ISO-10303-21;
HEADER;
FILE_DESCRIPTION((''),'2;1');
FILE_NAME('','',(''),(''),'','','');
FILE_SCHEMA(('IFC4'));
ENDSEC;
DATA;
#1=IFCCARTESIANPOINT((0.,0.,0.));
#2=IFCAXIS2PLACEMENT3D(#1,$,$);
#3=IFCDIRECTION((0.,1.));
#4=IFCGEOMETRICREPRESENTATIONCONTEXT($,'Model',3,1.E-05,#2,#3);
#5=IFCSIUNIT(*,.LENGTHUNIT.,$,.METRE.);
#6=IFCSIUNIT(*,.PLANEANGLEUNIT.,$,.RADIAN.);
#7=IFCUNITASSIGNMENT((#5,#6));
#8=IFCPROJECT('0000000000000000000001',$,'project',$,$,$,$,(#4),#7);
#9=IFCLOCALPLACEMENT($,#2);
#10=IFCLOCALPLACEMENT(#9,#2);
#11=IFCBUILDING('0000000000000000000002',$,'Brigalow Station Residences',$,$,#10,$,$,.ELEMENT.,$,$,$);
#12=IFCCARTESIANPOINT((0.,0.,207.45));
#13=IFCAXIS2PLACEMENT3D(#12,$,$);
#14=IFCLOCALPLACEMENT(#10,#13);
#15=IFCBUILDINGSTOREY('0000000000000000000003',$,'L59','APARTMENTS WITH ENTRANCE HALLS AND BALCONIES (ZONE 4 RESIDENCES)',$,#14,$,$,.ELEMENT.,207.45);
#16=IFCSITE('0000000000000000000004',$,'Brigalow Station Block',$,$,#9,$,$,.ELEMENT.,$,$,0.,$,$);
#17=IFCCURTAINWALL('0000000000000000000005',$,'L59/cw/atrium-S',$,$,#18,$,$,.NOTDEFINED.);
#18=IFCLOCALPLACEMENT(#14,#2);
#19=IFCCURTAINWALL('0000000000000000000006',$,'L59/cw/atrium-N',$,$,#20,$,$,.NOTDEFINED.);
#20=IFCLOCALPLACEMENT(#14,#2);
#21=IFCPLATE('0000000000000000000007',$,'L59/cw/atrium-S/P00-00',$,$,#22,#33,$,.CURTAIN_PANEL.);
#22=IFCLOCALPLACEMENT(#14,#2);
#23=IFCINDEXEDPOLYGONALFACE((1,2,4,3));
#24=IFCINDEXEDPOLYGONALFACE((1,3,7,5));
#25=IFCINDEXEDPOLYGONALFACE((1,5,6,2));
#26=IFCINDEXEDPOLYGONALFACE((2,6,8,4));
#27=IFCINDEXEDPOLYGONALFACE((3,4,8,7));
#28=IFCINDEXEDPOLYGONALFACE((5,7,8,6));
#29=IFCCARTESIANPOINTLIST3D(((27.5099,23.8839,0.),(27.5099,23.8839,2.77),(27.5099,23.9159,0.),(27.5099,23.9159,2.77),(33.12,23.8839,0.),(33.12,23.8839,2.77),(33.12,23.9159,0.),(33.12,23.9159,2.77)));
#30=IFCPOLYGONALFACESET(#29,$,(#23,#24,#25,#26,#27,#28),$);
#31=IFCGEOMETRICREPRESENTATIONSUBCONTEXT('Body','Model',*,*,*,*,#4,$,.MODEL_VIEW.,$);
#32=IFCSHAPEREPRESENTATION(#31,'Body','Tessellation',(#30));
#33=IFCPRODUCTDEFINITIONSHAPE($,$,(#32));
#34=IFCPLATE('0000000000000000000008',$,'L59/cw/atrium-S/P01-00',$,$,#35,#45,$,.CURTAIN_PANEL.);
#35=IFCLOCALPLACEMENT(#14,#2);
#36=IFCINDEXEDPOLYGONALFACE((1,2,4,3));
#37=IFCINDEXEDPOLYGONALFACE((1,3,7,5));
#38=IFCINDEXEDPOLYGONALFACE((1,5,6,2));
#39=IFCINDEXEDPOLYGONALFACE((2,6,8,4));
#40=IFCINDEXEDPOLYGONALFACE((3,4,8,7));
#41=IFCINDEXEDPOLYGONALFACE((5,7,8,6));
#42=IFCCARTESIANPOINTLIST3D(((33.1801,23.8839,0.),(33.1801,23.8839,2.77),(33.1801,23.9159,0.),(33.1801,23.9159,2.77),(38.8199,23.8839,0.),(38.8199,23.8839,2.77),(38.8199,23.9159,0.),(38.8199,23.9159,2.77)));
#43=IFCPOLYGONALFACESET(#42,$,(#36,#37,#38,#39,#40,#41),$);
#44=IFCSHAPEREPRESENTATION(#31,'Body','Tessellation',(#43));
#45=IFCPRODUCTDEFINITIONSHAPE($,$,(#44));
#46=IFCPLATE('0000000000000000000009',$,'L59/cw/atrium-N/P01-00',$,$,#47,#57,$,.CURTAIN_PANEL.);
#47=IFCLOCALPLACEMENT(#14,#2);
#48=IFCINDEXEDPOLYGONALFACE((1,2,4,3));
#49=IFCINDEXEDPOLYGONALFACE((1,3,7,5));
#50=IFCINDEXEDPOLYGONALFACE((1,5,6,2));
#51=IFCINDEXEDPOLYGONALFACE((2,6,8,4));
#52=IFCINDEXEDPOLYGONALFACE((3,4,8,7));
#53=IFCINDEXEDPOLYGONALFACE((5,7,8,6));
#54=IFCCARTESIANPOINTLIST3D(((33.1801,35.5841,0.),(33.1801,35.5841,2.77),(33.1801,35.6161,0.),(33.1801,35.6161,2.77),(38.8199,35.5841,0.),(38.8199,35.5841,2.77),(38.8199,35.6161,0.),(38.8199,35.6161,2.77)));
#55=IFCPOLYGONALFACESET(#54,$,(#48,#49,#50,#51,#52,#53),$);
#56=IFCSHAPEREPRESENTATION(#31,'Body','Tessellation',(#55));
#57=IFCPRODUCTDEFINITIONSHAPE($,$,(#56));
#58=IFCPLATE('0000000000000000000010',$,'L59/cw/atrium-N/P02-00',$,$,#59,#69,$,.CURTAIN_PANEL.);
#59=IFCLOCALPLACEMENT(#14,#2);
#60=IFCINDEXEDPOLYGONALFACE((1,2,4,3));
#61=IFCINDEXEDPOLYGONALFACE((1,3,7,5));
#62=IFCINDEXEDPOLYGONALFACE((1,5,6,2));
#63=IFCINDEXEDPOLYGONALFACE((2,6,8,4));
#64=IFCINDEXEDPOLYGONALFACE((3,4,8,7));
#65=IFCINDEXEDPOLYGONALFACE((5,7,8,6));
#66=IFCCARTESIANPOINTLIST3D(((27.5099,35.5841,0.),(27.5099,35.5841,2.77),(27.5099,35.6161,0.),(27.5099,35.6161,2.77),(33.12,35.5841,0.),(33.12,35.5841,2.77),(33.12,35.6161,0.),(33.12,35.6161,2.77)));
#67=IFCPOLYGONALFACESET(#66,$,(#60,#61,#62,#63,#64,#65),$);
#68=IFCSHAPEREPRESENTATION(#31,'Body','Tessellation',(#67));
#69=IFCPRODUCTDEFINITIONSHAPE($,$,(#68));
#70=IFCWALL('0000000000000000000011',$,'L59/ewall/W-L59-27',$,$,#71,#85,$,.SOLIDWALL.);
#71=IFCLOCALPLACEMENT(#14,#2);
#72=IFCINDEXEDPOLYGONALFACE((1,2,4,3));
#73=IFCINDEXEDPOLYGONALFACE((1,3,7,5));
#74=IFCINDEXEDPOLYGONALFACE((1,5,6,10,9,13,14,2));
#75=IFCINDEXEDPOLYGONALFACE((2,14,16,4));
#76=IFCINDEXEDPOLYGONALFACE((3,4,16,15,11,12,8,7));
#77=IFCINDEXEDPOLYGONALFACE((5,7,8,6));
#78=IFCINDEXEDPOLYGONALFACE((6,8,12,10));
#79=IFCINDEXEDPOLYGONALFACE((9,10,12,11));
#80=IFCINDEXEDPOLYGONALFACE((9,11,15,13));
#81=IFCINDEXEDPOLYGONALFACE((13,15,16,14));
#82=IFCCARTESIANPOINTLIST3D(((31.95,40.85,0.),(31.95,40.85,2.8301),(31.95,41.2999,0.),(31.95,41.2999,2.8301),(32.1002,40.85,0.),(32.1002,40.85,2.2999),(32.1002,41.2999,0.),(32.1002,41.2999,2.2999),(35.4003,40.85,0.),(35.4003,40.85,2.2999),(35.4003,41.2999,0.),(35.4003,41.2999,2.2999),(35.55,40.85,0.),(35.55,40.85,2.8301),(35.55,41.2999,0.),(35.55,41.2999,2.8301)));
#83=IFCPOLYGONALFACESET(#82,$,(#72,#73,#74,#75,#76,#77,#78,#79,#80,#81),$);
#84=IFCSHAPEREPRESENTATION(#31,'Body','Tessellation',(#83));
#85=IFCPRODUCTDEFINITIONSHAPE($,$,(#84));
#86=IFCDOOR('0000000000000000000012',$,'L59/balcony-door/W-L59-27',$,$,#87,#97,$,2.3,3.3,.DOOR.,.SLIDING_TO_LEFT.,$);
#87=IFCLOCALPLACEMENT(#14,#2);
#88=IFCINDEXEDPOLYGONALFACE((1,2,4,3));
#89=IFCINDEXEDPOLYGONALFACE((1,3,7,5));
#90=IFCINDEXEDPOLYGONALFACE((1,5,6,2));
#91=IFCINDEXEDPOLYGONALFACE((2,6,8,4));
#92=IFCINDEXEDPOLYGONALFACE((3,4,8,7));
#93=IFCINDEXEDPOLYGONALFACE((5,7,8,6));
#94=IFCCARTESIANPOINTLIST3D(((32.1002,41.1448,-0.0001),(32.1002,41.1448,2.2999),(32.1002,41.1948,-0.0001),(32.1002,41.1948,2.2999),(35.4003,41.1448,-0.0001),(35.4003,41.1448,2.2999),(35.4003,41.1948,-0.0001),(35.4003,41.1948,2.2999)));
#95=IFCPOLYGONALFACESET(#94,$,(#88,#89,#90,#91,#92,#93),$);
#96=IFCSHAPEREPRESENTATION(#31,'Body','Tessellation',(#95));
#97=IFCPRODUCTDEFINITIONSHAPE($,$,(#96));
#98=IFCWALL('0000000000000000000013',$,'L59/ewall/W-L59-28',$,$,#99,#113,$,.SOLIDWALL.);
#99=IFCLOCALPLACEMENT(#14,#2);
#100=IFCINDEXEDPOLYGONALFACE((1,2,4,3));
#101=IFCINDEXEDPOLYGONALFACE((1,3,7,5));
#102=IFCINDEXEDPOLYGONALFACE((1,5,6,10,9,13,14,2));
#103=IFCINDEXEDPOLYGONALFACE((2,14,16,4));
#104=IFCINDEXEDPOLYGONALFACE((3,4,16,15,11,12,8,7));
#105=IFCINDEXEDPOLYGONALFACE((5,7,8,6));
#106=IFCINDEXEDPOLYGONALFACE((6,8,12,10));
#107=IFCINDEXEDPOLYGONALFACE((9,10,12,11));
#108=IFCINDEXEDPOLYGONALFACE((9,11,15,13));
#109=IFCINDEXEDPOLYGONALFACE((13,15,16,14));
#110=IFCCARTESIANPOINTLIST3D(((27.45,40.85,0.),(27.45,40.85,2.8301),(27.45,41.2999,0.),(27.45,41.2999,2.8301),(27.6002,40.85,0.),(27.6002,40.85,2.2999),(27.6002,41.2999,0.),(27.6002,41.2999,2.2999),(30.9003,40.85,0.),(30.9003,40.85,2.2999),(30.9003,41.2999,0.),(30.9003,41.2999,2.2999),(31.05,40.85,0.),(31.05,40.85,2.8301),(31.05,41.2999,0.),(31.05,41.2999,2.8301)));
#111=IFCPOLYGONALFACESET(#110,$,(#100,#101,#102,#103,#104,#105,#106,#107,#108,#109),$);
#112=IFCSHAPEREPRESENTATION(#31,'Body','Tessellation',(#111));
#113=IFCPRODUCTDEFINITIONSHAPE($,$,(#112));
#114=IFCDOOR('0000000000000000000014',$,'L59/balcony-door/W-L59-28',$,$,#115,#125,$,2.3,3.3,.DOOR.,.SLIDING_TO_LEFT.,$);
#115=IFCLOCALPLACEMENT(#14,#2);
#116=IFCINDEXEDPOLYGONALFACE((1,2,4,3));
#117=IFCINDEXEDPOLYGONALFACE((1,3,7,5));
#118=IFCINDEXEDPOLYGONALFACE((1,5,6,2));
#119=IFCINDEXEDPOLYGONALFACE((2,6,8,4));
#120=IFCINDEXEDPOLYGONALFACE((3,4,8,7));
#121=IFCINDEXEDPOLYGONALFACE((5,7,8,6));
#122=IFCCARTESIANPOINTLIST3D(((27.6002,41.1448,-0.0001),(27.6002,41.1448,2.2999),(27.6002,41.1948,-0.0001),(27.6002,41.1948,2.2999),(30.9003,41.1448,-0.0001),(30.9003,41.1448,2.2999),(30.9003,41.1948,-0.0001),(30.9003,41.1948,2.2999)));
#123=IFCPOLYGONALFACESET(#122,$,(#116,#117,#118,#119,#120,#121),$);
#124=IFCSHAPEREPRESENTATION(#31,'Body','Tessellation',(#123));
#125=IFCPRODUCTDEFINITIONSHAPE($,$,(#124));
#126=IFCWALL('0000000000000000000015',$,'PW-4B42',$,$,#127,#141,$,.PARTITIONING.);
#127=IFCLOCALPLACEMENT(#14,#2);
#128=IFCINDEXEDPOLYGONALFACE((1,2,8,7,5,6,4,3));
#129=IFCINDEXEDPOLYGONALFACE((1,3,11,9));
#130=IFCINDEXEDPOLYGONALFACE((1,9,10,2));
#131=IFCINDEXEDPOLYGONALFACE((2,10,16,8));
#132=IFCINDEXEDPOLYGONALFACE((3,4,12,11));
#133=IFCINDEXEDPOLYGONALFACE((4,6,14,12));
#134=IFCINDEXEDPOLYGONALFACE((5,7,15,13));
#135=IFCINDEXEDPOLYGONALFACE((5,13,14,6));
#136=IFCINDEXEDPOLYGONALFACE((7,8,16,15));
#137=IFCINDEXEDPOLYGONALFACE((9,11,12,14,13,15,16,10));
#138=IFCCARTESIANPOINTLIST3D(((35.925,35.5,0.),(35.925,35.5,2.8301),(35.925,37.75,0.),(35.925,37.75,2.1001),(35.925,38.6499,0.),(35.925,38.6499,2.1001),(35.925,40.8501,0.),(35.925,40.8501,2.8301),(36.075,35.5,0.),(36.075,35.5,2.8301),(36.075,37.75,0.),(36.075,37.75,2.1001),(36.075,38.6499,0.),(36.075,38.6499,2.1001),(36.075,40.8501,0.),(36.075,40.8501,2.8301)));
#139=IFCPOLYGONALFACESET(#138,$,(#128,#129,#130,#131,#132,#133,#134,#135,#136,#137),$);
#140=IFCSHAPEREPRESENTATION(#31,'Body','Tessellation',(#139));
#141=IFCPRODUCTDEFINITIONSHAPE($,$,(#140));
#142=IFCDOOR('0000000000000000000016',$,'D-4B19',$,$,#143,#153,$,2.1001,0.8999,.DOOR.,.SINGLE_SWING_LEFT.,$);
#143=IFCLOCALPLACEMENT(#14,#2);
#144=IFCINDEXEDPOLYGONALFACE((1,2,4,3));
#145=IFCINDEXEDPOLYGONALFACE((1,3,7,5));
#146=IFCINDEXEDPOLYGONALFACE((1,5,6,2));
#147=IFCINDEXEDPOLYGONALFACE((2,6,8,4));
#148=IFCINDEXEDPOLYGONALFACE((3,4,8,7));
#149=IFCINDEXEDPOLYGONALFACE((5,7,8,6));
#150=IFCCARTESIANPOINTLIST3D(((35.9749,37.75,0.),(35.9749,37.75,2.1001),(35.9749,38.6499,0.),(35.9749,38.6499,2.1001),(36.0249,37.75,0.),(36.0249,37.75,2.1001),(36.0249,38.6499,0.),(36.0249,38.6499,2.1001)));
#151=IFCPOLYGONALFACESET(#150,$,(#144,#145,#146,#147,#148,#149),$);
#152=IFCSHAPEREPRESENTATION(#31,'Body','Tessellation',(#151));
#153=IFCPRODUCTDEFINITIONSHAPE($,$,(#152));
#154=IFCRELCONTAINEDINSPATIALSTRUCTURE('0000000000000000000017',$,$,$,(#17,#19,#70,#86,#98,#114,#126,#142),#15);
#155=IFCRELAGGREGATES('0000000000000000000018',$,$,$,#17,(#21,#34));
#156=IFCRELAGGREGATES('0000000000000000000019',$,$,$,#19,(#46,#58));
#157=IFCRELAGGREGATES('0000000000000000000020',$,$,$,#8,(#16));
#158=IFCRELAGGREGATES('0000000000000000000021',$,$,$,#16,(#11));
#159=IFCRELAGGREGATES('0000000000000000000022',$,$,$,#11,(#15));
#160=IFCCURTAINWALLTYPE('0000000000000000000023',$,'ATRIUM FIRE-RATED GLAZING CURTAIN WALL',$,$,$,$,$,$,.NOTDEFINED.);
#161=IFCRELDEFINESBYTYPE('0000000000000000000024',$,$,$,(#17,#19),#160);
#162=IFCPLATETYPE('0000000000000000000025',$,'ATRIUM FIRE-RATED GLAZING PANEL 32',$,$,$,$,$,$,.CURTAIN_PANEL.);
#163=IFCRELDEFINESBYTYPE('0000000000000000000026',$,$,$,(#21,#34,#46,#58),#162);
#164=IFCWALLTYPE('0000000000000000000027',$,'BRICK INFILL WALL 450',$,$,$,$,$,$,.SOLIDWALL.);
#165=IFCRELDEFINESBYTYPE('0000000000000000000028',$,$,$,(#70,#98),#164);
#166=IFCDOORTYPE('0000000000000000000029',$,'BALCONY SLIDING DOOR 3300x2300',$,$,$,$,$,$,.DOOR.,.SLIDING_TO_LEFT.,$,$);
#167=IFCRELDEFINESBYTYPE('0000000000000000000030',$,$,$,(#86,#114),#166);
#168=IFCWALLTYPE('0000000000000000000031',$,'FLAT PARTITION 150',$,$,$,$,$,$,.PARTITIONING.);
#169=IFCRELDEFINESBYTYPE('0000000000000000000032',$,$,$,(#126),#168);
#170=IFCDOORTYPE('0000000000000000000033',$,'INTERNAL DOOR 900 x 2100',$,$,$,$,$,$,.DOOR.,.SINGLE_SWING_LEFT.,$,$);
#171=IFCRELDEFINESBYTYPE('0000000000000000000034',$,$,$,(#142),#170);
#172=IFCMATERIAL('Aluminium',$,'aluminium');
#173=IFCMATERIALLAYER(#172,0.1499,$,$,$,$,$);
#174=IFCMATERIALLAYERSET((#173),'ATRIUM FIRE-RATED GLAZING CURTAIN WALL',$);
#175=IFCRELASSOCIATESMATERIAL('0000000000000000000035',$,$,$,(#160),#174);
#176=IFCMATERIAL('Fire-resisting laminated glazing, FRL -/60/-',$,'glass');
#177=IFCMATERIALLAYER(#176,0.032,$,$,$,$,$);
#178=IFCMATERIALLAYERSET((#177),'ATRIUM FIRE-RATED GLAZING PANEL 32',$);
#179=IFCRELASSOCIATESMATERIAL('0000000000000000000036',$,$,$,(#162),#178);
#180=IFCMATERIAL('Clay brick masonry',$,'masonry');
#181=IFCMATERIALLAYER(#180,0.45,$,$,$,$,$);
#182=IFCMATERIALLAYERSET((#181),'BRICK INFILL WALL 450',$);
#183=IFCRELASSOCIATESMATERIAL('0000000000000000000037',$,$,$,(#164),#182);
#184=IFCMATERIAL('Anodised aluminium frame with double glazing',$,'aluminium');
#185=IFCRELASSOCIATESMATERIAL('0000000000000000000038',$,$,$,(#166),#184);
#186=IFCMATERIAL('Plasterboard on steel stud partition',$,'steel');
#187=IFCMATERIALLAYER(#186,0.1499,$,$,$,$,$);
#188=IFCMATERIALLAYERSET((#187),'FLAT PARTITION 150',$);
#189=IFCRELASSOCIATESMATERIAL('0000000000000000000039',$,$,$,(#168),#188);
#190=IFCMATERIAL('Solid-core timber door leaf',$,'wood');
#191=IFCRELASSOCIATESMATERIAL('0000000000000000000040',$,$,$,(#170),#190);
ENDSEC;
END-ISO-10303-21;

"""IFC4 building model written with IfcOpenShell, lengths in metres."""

from ifc_helpers import new_model, si_unit, direction, frame, frame_2d, origin, origin_2d, place, context, subcontext, project, spatial, rectangle, extrude, material, layer, layer_set, type_object, element, fill, aggregate, save


model = new_model("IFC4")

# Units and contexts
model_context = context("Model", 3, precision=1e-05, world=origin(), true_north=direction((0.0, 1.0)))
body_context = subcontext(model_context, "Body", "Model", "MODEL_VIEW")
ifc_project = project(units=[si_unit("LENGTHUNIT", "METRE"), si_unit("PLANEANGLEUNIT", "RADIAN")], contexts=[model_context])

# Site, building, storey
site_placement = place(None, origin())
site = spatial("IfcSite", under=ifc_project, at=site_placement, Name="Brigalow Station Block", CompositionType="ELEMENT", RefElevation=0.0)
building_placement = place(site_placement, origin())
building = spatial("IfcBuilding", under=site, at=building_placement, Name="Brigalow Station Residences", CompositionType="ELEMENT")
storey_placement = place(building_placement, frame((0.0, 0.0, 207.45)))
storey = spatial("IfcBuildingStorey", under=building, at=storey_placement, Name="L59", Description="APARTMENTS WITH ENTRANCE HALLS AND BALCONIES (ZONE 4 RESIDENCES)", CompositionType="ELEMENT", Elevation=207.45)

# Curtain walls
ifc_material_1 = material(Name="Aluminium", Category="aluminium")
ifc_layer_1 = layer(ifc_material_1, 0.1499)
ifc_layer_set_1 = layer_set([ifc_layer_1], Name="ATRIUM FIRE-RATED GLAZING CURTAIN WALL")
curtain_wall_type = type_object("IfcCurtainWallType", Name="ATRIUM FIRE-RATED GLAZING CURTAIN WALL", PredefinedType="NOTDEFINED", material=ifc_layer_set_1)
curtain_wall_1_placement = place(storey_placement, origin())
curtain_wall_1 = element("IfcCurtainWall", 1, at=curtain_wall_1_placement, inside=storey, type_object=curtain_wall_type, Name="L59/cw/atrium-S", PredefinedType="NOTDEFINED")
curtain_wall_2_placement = place(storey_placement, origin())
curtain_wall_2 = element("IfcCurtainWall", 2, at=curtain_wall_2_placement, inside=storey, type_object=curtain_wall_type, Name="L59/cw/atrium-N", PredefinedType="NOTDEFINED")

# Plates
ifc_material_2 = material(Name="Fire-resisting laminated glazing, FRL -/60/-", Category="glass")
ifc_layer_2 = layer(ifc_material_2, 0.032)
ifc_layer_set_2 = layer_set([ifc_layer_2], Name="ATRIUM FIRE-RATED GLAZING PANEL 32")
plate_type = type_object("IfcPlateType", Name="ATRIUM FIRE-RATED GLAZING PANEL 32", PredefinedType="CURTAIN_PANEL", material=ifc_layer_set_2)
plate_1_placement = place(storey_placement, frame((30.3149, 23.8999, 0.0), z_axis=(0.0, 0.0, 1.0), x_axis=(1.0, 0.0, 0.0)))
plate_1 = element("IfcPlate", 3, at=plate_1_placement, type_object=plate_type, Name="L59/cw/atrium-S/P00-00", PredefinedType="CURTAIN_PANEL", context=body_context, shape_type="SweptSolid", body=[
    extrude(rectangle(XDim=5.6101, YDim=0.032, at=origin_2d()), origin(), (0.0, 0.0, 1.0), 2.77),
])
plate_2_placement = place(storey_placement, frame((36.0, 23.8999, 0.0), z_axis=(0.0, 0.0, 1.0), x_axis=(1.0, 0.0, 0.0)))
plate_2 = element("IfcPlate", 4, at=plate_2_placement, type_object=plate_type, Name="L59/cw/atrium-S/P01-00", PredefinedType="CURTAIN_PANEL", context=body_context, shape_type="SweptSolid", body=[
    extrude(rectangle(XDim=5.6399, YDim=0.032, at=origin_2d()), origin(), (0.0, 0.0, 1.0), 2.77),
])
aggregate(curtain_wall_1, [plate_1, plate_2])
plate_3_placement = place(storey_placement, frame((36.0, 35.6001, 0.0), z_axis=(0.0, 0.0, 1.0), x_axis=(-1.0, 0.0, 0.0)))
plate_3 = element("IfcPlate", 5, at=plate_3_placement, type_object=plate_type, Name="L59/cw/atrium-N/P01-00", PredefinedType="CURTAIN_PANEL", context=body_context, shape_type="SweptSolid", body=[
    extrude(rectangle(XDim=5.6399, YDim=0.032, at=origin_2d()), origin(), (0.0, 0.0, 1.0), 2.77),
])
plate_4_placement = place(storey_placement, frame((30.3149, 35.6001, 0.0), z_axis=(0.0, 0.0, 1.0), x_axis=(-1.0, 0.0, 0.0)))
plate_4 = element("IfcPlate", 6, at=plate_4_placement, type_object=plate_type, Name="L59/cw/atrium-N/P02-00", PredefinedType="CURTAIN_PANEL", context=body_context, shape_type="SweptSolid", body=[
    extrude(rectangle(XDim=5.6101, YDim=0.032, at=origin_2d()), origin(), (0.0, 0.0, 1.0), 2.77),
])
aggregate(curtain_wall_2, [plate_3, plate_4])

# Walls, openings, doors
ifc_material_3 = material(Name="Clay brick masonry", Category="masonry")
ifc_layer_3 = layer(ifc_material_3, 0.45)
ifc_layer_set_3 = layer_set([ifc_layer_3], Name="BRICK INFILL WALL 450")
wall_type_1 = type_object("IfcWallType", Name="BRICK INFILL WALL 450", PredefinedType="SOLIDWALL", material=ifc_layer_set_3)
wall_1_placement = place(storey_placement, frame((35.55, 41.075, 0.0), z_axis=(0.0, 0.0, 1.0), x_axis=(-1.0, 0.0, 0.0)))
wall_1 = element("IfcWall", 7, at=wall_1_placement, inside=storey, type_object=wall_type_1, Name="L59/ewall/W-L59-27", PredefinedType="SOLIDWALL", context=body_context, shape_type="SweptSolid", body=[
    extrude(rectangle(XDim=3.6001, YDim=0.45, at=frame_2d((1.8, 0.0))), origin(), (0.0, 0.0, 1.0), 2.8301),
])
opening_1_placement = place(wall_1_placement, frame((0.1499, 0.0, 0.0)))
opening_1 = element("IfcOpeningElement", 8, at=opening_1_placement, cuts=wall_1, PredefinedType="OPENING", context=body_context, shape_type="SweptSolid", body=[
    extrude(rectangle(XDim=3.3, YDim=2.3, at=frame_2d((1.6499, 1.1499))), frame((0.0, 0.2349, 0.0), z_axis=(0.0, -1.0, 0.0), x_axis=(1.0, 0.0, 0.0)), (0.0, 0.0, 1.0), 0.47),
])
ifc_material_4 = material(Name="Anodised aluminium frame with double glazing", Category="aluminium")
door_type_1 = type_object("IfcDoorType", Name="BALCONY SLIDING DOOR 3300x2300", OperationType="SLIDING_TO_LEFT", PredefinedType="DOOR", material=ifc_material_4)
door_1_placement = place(opening_1_placement, origin())
door_1 = element("IfcDoor", 9, at=door_1_placement, inside=storey, type_object=door_type_1, Name="L59/balcony-door/W-L59-27", OperationType="SLIDING_TO_LEFT", OverallHeight=2.3, OverallWidth=3.3, PredefinedType="DOOR", context=body_context, shape_type="SweptSolid", body=[
    extrude(rectangle(XDim=3.3, YDim=2.3, at=frame_2d((1.6499, 1.1499))), frame((0.0, -0.0698, 0.0), z_axis=(0.0, -1.0, 0.0), x_axis=(1.0, 0.0, 0.0)), (0.0, 0.0, 1.0), 0.05),
])
fill(opening_1, door_1)
wall_2_placement = place(storey_placement, frame((31.05, 41.075, 0.0), z_axis=(0.0, 0.0, 1.0), x_axis=(-1.0, 0.0, 0.0)))
wall_2 = element("IfcWall", 10, at=wall_2_placement, inside=storey, type_object=wall_type_1, Name="L59/ewall/W-L59-28", PredefinedType="SOLIDWALL", context=body_context, shape_type="SweptSolid", body=[
    extrude(rectangle(XDim=3.6001, YDim=0.45, at=frame_2d((1.8, 0.0))), origin(), (0.0, 0.0, 1.0), 2.8301),
])
opening_2_placement = place(wall_2_placement, frame((0.1499, 0.0, 0.0)))
opening_2 = element("IfcOpeningElement", 11, at=opening_2_placement, cuts=wall_2, PredefinedType="OPENING", context=body_context, shape_type="SweptSolid", body=[
    extrude(rectangle(XDim=3.3, YDim=2.3, at=frame_2d((1.6499, 1.1499))), frame((0.0, 0.2349, 0.0), z_axis=(0.0, -1.0, 0.0), x_axis=(1.0, 0.0, 0.0)), (0.0, 0.0, 1.0), 0.47),
])
door_2_placement = place(opening_2_placement, origin())
door_2 = element("IfcDoor", 12, at=door_2_placement, inside=storey, type_object=door_type_1, Name="L59/balcony-door/W-L59-28", OperationType="SLIDING_TO_LEFT", OverallHeight=2.3, OverallWidth=3.3, PredefinedType="DOOR", context=body_context, shape_type="SweptSolid", body=[
    extrude(rectangle(XDim=3.3, YDim=2.3, at=frame_2d((1.6499, 1.1499))), frame((0.0, -0.0698, 0.0), z_axis=(0.0, -1.0, 0.0), x_axis=(1.0, 0.0, 0.0)), (0.0, 0.0, 1.0), 0.05),
])
fill(opening_2, door_2)
ifc_material_5 = material(Name="Plasterboard on steel stud partition", Category="steel")
ifc_layer_4 = layer(ifc_material_5, 0.1499)
ifc_layer_set_4 = layer_set([ifc_layer_4], Name="FLAT PARTITION 150")
wall_type_2 = type_object("IfcWallType", Name="FLAT PARTITION 150", PredefinedType="PARTITIONING", material=ifc_layer_set_4)
wall_3_placement = place(storey_placement, frame((36.0, 35.5, 0.0), z_axis=(0.0, 0.0, 1.0), x_axis=(0.0, 1.0, 0.0)))
wall_3 = element("IfcWall", 13, at=wall_3_placement, inside=storey, type_object=wall_type_2, Name="PW-4B42", PredefinedType="PARTITIONING", context=body_context, shape_type="SweptSolid", body=[
    extrude(rectangle(XDim=5.3501, YDim=0.1499, at=frame_2d((2.675, 0.0))), origin(), (0.0, 0.0, 1.0), 2.8301),
])
opening_3_placement = place(wall_3_placement, frame((2.25, 0.0, 0.0)))
opening_3 = element("IfcOpeningElement", 14, at=opening_3_placement, cuts=wall_3, PredefinedType="OPENING", context=body_context, shape_type="SweptSolid", body=[
    extrude(rectangle(XDim=0.8999, YDim=2.1001, at=frame_2d((0.45, 1.05))), frame((0.0, 0.085, 0.0), z_axis=(0.0, -1.0, 0.0), x_axis=(1.0, 0.0, 0.0)), (0.0, 0.0, 1.0), 0.1699),
])
ifc_material_6 = material(Name="Solid-core timber door leaf", Category="wood")
door_type_2 = type_object("IfcDoorType", Name="INTERNAL DOOR 900 x 2100", OperationType="SINGLE_SWING_LEFT", PredefinedType="DOOR", material=ifc_material_6)
door_3_placement = place(opening_3_placement, frame((0.8999, 0.0, 0.0), z_axis=(0.0, 0.0, 1.0), x_axis=(-1.0, 0.0, 0.0)))
door_3 = element("IfcDoor", 15, at=door_3_placement, inside=storey, type_object=door_type_2, Name="D-4B19", OperationType="SINGLE_SWING_LEFT", OverallHeight=2.1001, OverallWidth=0.8999, PredefinedType="DOOR", context=body_context, shape_type="SweptSolid", body=[
    extrude(rectangle(XDim=0.8999, YDim=2.1001, at=frame_2d((0.45, 1.05))), frame((0.0, 0.0249, 0.0), z_axis=(0.0, -1.0, 0.0), x_axis=(1.0, 0.0, 0.0)), (0.0, 0.0, 1.0), 0.05),
])
fill(opening_3, door_3)

save(model, "model.ifc")
